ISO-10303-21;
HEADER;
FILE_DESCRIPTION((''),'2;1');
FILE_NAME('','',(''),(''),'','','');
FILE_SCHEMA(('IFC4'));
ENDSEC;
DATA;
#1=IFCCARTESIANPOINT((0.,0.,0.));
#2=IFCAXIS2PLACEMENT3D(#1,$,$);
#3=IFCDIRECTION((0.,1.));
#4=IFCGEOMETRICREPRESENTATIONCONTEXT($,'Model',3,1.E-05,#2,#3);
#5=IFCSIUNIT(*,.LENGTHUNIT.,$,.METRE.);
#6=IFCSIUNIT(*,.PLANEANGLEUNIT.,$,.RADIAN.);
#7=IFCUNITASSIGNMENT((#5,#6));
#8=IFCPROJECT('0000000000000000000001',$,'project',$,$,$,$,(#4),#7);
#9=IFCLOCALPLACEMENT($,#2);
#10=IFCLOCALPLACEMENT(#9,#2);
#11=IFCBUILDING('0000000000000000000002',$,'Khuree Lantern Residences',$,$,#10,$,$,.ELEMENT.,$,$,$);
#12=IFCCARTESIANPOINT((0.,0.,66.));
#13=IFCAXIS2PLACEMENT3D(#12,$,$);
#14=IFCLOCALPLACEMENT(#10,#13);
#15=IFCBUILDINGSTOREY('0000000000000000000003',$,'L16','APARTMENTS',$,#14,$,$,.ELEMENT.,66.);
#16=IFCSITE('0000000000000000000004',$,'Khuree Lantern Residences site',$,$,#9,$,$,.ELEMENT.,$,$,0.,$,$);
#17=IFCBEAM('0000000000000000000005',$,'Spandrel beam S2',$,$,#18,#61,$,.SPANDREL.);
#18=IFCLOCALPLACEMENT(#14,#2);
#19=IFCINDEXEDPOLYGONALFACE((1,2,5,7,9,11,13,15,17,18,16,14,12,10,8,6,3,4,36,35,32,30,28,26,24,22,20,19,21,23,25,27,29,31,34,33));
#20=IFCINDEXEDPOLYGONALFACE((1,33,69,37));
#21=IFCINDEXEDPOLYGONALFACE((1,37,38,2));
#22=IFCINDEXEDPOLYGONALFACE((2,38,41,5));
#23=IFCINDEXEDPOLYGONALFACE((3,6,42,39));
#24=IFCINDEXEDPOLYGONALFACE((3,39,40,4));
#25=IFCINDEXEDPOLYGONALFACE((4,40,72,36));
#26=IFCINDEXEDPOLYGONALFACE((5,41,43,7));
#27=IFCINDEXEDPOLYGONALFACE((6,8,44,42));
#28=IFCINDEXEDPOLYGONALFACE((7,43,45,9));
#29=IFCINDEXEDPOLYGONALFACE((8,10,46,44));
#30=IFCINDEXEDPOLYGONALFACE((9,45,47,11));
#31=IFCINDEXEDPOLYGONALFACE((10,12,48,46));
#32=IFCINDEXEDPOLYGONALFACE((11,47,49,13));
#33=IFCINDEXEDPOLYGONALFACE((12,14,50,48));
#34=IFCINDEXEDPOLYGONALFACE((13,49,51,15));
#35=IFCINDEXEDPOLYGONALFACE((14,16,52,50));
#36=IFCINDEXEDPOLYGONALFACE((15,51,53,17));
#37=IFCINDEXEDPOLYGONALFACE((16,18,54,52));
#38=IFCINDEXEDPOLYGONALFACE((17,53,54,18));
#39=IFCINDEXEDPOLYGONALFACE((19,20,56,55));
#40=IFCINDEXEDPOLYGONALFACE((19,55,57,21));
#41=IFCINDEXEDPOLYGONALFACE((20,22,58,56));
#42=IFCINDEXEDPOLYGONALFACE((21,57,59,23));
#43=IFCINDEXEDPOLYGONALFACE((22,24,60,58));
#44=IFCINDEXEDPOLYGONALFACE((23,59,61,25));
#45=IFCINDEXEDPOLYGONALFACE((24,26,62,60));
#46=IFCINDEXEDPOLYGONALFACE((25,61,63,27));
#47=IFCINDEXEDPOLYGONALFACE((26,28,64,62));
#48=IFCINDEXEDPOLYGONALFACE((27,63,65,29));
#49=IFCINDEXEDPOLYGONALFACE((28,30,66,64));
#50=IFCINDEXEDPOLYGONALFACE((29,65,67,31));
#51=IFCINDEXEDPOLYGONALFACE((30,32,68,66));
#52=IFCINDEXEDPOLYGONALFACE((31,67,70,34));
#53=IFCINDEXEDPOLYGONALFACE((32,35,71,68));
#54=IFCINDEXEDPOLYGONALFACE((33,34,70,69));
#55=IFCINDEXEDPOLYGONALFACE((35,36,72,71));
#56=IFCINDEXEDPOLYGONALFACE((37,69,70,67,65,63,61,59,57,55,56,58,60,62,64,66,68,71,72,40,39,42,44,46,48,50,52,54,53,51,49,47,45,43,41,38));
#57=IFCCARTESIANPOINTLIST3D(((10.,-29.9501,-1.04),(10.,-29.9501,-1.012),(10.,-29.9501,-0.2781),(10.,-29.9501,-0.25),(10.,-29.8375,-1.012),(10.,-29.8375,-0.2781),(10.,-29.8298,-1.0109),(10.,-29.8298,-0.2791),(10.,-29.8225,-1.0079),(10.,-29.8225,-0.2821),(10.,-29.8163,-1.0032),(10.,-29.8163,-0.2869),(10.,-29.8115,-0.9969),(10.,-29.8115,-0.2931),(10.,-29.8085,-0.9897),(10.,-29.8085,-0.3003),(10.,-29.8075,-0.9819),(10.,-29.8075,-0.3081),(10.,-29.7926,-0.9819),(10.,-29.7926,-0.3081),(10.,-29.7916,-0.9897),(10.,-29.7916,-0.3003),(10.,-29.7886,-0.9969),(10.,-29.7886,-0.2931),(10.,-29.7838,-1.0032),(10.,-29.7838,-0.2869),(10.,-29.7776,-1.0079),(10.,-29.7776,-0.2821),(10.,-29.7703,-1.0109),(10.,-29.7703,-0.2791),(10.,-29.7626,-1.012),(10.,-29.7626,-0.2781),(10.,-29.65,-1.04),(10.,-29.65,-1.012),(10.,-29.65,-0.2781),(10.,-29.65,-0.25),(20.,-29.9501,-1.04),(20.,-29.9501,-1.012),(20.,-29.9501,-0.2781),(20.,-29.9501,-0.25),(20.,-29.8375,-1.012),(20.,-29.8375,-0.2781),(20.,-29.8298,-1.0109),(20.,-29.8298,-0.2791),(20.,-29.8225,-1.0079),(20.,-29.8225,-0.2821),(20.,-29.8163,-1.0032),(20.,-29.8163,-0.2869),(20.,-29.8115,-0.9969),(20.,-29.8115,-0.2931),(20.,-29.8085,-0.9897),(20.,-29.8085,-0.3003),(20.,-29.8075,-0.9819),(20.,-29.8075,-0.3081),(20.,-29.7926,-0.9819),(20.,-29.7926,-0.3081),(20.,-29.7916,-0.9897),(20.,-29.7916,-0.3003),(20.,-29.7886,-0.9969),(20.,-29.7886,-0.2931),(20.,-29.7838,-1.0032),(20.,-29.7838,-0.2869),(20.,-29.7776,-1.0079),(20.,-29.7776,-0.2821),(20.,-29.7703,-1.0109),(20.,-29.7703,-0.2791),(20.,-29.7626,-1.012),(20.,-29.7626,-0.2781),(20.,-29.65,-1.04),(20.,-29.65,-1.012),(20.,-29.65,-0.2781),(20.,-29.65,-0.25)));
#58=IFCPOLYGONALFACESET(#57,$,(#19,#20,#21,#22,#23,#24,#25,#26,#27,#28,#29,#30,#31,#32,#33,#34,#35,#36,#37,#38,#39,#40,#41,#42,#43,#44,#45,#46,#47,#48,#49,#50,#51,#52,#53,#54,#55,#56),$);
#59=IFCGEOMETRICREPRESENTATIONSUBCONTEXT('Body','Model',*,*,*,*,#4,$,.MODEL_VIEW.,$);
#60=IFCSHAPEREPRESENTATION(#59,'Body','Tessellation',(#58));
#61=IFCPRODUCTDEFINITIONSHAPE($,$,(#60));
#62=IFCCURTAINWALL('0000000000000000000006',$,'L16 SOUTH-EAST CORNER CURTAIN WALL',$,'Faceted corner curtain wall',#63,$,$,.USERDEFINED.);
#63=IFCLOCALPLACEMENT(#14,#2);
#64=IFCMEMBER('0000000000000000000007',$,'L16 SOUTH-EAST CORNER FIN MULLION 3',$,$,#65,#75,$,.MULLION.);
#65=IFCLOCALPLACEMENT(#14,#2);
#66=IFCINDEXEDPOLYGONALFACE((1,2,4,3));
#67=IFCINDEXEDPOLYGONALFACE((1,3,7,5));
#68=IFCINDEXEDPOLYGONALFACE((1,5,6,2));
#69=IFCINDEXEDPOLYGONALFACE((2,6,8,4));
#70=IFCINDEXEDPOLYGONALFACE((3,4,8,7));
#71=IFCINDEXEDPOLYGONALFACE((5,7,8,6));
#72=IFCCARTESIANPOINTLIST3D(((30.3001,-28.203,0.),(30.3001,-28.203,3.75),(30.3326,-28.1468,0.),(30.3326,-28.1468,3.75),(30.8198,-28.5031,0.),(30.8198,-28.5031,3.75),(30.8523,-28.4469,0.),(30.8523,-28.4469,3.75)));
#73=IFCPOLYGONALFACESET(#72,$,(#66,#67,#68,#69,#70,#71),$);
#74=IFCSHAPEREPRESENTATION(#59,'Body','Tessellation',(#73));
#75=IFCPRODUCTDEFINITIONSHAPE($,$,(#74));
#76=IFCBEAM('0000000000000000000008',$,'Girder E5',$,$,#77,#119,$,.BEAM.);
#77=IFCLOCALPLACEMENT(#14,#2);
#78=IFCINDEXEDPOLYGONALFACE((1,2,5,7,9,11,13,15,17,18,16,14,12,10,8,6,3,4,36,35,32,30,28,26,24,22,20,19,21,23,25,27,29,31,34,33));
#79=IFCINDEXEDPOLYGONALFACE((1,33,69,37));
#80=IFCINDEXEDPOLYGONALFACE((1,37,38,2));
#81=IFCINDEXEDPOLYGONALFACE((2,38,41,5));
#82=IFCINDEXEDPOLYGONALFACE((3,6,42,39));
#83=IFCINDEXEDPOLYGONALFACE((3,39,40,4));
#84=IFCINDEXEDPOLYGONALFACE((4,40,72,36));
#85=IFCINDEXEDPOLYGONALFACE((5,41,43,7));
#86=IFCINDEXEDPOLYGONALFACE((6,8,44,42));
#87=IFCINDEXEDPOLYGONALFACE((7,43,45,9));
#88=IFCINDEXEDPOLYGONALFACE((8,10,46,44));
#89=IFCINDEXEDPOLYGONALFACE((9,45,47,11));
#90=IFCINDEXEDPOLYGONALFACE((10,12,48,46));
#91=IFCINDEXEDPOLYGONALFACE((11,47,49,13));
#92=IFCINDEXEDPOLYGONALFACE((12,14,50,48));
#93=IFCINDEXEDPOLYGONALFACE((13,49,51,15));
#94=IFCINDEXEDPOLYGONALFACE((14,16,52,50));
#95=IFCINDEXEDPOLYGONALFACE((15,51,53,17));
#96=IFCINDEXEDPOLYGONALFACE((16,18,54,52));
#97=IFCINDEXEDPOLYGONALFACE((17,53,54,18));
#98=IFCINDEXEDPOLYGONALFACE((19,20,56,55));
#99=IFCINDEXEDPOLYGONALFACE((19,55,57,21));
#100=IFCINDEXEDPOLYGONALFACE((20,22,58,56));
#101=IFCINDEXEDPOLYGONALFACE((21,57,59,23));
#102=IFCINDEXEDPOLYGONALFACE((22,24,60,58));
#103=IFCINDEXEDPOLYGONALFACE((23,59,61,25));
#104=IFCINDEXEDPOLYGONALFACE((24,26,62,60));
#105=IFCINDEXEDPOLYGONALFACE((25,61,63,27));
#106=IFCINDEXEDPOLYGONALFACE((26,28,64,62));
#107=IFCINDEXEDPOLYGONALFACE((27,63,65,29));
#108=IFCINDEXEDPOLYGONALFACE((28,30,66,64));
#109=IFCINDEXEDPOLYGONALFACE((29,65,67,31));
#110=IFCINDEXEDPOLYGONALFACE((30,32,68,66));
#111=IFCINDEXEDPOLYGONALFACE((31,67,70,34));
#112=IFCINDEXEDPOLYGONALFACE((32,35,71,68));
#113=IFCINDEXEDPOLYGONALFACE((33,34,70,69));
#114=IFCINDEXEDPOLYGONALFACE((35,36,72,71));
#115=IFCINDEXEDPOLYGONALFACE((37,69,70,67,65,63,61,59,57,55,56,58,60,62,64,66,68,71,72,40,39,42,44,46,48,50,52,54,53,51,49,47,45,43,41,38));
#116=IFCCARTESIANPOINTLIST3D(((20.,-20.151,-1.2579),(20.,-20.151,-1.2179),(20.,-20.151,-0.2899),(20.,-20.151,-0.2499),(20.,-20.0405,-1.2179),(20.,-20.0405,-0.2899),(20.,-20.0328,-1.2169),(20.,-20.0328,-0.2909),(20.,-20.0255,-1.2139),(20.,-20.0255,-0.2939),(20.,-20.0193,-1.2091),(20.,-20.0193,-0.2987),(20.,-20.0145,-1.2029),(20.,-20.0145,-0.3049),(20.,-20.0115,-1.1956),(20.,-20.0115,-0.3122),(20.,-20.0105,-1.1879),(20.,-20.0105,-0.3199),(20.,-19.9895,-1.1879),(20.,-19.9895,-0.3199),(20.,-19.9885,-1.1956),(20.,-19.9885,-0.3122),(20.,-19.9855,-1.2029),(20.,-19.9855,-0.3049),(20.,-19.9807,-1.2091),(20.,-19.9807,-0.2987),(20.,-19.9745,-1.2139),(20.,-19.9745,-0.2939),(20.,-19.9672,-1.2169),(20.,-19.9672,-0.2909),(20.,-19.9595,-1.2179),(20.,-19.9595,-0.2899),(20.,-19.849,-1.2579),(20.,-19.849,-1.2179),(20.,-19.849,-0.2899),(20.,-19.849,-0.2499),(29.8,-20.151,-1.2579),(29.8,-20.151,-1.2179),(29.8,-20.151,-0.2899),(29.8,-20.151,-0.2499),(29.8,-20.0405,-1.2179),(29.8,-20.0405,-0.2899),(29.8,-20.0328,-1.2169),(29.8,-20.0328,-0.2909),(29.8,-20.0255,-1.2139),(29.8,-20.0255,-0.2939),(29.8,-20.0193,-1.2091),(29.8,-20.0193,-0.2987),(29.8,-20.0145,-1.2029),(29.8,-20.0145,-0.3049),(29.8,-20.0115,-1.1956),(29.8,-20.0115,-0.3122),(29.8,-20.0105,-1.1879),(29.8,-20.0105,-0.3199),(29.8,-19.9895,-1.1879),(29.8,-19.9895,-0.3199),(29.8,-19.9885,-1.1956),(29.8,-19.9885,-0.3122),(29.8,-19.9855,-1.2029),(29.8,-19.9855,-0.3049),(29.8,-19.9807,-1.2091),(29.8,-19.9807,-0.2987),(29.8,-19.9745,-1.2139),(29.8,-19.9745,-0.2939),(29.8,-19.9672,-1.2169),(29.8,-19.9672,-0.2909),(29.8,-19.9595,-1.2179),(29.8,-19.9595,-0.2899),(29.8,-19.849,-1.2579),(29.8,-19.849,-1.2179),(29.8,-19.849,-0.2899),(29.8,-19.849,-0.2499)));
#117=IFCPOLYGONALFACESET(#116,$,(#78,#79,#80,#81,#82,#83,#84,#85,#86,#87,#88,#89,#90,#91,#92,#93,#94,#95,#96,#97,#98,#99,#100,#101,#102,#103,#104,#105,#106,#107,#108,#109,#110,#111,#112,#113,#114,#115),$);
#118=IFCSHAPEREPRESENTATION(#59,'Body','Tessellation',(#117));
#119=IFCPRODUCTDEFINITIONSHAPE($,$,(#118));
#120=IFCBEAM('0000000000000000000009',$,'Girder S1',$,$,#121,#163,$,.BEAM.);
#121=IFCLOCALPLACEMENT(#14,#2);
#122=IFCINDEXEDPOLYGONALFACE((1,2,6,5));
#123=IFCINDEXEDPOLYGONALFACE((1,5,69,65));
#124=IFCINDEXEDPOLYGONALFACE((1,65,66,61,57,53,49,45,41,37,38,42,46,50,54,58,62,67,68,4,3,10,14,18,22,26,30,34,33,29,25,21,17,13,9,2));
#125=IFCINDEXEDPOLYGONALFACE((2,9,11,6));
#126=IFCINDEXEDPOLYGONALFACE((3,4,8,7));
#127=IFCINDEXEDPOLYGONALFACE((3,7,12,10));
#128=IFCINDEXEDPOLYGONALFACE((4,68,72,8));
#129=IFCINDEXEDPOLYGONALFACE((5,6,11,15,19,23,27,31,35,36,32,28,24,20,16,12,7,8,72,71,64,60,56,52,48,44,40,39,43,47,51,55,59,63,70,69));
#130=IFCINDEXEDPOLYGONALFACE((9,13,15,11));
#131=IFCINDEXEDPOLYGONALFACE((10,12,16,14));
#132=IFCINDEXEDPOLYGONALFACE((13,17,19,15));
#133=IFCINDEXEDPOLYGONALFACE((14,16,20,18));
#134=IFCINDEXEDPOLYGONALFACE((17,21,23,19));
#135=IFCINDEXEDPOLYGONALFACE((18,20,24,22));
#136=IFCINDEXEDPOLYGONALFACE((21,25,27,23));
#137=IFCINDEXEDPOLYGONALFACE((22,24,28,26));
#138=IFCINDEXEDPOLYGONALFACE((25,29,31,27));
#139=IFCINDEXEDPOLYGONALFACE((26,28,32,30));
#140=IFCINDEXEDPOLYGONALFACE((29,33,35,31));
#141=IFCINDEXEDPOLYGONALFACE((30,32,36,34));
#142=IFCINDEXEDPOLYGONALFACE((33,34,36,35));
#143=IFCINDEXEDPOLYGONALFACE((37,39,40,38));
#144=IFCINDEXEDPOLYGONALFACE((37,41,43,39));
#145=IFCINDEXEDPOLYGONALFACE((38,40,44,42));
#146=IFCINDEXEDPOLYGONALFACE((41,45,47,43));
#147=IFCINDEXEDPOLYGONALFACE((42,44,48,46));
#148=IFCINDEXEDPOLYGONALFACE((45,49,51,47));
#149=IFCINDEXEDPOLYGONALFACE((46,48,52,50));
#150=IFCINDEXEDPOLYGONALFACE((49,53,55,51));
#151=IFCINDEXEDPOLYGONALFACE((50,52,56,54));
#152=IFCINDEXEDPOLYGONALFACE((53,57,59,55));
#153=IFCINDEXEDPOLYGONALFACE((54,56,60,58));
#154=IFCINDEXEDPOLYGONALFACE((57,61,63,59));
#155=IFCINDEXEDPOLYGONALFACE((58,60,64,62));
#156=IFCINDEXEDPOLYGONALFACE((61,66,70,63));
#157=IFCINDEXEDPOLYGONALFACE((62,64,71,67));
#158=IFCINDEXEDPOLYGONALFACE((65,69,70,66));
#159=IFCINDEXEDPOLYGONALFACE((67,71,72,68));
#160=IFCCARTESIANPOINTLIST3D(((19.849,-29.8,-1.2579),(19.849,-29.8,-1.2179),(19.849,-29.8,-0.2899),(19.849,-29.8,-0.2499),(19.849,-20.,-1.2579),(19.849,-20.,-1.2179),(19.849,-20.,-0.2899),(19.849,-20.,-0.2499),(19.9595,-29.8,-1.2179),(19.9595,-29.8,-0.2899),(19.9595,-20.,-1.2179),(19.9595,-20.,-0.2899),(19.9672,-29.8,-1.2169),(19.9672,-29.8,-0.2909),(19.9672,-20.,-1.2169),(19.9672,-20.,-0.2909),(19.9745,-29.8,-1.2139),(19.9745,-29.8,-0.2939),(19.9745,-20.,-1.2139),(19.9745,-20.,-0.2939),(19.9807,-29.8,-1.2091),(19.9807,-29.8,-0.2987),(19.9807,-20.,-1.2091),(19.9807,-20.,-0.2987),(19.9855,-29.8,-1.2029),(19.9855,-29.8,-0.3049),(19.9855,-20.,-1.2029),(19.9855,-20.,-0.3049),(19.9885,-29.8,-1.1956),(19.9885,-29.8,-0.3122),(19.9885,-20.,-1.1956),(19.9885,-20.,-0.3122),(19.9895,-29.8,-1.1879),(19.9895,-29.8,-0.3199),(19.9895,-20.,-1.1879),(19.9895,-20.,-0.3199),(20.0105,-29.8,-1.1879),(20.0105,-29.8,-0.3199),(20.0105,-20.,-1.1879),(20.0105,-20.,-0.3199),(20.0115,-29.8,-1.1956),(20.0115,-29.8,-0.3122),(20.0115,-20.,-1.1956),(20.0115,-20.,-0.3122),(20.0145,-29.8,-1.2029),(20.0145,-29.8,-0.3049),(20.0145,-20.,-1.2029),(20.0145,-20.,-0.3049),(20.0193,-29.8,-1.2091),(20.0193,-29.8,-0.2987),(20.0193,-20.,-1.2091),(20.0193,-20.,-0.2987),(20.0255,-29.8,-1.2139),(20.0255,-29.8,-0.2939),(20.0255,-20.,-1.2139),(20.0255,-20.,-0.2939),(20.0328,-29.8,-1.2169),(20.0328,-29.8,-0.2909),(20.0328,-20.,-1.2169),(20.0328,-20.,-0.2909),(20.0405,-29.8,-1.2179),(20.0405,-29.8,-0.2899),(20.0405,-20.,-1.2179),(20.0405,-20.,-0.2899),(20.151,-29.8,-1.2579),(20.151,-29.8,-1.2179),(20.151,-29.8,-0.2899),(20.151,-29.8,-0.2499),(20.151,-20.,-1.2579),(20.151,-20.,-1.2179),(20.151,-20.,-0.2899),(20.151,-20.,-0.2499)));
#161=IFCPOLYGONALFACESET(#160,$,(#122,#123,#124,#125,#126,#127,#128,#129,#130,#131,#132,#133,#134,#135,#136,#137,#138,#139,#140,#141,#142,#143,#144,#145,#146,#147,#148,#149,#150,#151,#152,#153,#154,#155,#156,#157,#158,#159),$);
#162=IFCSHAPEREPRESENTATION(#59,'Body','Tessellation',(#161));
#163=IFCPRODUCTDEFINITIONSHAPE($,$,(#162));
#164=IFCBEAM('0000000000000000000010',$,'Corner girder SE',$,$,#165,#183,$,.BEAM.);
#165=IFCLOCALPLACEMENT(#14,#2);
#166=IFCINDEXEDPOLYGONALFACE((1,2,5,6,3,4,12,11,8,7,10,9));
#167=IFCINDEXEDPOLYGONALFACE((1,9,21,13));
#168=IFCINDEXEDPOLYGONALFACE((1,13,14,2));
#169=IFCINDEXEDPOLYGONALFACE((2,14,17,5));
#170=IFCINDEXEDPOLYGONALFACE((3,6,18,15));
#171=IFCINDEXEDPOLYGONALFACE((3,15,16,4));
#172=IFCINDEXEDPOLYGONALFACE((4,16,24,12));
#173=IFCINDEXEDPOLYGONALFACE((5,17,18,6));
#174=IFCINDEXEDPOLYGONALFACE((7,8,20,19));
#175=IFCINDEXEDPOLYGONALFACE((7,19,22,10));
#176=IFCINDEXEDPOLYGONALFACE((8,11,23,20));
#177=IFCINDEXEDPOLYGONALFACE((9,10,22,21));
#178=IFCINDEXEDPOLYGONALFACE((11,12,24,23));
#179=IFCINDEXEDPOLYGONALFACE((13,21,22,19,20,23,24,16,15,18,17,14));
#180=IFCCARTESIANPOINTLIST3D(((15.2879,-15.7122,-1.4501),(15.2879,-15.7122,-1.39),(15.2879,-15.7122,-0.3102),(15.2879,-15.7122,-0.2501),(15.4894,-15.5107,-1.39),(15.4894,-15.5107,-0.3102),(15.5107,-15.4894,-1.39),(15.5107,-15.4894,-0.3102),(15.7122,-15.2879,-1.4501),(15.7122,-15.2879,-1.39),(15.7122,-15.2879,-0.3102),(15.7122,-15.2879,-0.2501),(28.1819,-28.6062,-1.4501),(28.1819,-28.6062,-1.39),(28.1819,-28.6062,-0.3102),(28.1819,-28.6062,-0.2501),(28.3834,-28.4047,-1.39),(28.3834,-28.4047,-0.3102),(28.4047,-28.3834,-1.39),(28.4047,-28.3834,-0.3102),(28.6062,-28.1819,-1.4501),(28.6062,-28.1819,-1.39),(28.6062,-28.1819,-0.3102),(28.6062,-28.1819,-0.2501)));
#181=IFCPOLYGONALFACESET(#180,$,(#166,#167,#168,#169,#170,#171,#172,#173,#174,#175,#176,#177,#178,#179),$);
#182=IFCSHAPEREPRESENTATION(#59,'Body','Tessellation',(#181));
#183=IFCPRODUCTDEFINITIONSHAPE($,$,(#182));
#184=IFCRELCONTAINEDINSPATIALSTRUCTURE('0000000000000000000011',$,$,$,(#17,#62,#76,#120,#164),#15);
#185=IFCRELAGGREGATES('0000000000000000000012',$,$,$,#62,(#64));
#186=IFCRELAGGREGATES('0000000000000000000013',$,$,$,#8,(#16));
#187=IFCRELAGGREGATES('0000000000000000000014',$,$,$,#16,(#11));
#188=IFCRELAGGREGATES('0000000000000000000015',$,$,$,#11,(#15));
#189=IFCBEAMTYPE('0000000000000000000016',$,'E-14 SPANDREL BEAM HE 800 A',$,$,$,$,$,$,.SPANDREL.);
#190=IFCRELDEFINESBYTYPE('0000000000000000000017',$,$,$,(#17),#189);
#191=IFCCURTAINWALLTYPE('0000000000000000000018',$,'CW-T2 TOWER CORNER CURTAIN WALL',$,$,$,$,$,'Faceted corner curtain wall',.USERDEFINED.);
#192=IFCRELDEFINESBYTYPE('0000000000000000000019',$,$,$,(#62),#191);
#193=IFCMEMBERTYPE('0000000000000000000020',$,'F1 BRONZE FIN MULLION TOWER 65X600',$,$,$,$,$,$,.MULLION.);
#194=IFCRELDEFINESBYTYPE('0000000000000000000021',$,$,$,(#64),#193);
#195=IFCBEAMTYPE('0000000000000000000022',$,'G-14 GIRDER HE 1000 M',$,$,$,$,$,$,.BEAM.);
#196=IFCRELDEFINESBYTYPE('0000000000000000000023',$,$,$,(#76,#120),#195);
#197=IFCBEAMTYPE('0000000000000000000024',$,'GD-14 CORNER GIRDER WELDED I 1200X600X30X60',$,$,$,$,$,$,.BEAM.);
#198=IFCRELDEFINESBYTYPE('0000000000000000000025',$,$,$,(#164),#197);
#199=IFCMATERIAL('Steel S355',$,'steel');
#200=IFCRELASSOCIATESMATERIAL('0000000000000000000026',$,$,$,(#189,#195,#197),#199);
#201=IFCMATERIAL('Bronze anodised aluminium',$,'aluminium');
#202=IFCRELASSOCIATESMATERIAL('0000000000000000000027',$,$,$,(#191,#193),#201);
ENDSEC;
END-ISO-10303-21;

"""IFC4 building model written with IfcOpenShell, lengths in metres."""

from ifc_helpers import new_model, si_unit, direction, frame, origin, origin_2d, place, context, subcontext, project, spatial, rectangle, i_section, extrude, material, material_profile, profile_set, type_object, element, aggregate, save


model = new_model("IFC4")

# Units and contexts
model_context = context("Model", 3, precision=1e-05, world=origin(), true_north=direction((0.0, 1.0)))
body_context = subcontext(model_context, "Body", "Model", "MODEL_VIEW")
ifc_project = project(units=[si_unit("LENGTHUNIT", "METRE"), si_unit("PLANEANGLEUNIT", "RADIAN")], contexts=[model_context])

# Site, building, storey
site_placement = place(None, origin())
site = spatial("IfcSite", under=ifc_project, at=site_placement, Name="Khuree Lantern Residences site", CompositionType="ELEMENT", RefElevation=0.0)
building_placement = place(site_placement, origin())
building = spatial("IfcBuilding", under=site, at=building_placement, Name="Khuree Lantern Residences", CompositionType="ELEMENT")
storey_placement = place(building_placement, frame((0.0, 0.0, 66.0)))
storey = spatial("IfcBuildingStorey", under=building, at=storey_placement, Name="L16", Description="APARTMENTS", CompositionType="ELEMENT", Elevation=66.0)

# Beam
ifc_material_1 = material(Name="Steel S355", Category="steel")
ifc_material_profile_1 = material_profile(ifc_material_1, i_section(OverallWidth=0.3, OverallDepth=0.79, WebThickness=0.0149, FlangeThickness=0.0281, FilletRadius=0.03, at=origin_2d()), Name="HE 800 A")
ifc_profile_set_1 = profile_set([ifc_material_profile_1], Name="Steel S355")
beam_type_1 = type_object("IfcBeamType", Name="E-14 SPANDREL BEAM HE 800 A", PredefinedType="SPANDREL", material=ifc_profile_set_1)
beam_1_placement = place(storey_placement, frame((20.0, -29.8, -0.645), z_axis=(-1.0, 0.0, 0.0), x_axis=(0.0, -1.0, 0.0)))
element("IfcBeam", 1, at=beam_1_placement, inside=storey, type_object=beam_type_1, Name="Spandrel beam S2", PredefinedType="SPANDREL", context=body_context, shape_type="SweptSolid", body=[
    extrude(i_section(OverallWidth=0.3, OverallDepth=0.79, WebThickness=0.0149, FlangeThickness=0.0281, FilletRadius=0.03, at=origin_2d()), origin(), (0.0, 0.0, 1.0), 10.0),
])

# Curtain wall, member
ifc_material_2 = material(Name="Bronze anodised aluminium", Category="aluminium")
curtain_wall_type_1 = type_object("IfcCurtainWallType", Name="CW-T2 TOWER CORNER CURTAIN WALL", ElementType="Faceted corner curtain wall", PredefinedType="USERDEFINED", material=ifc_material_2)
curtain_wall_1_placement = place(storey_placement, origin())
curtain_wall_1 = element("IfcCurtainWall", 2, at=curtain_wall_1_placement, inside=storey, type_object=curtain_wall_type_1, Name="L16 SOUTH-EAST CORNER CURTAIN WALL", ObjectType="Faceted corner curtain wall", PredefinedType="USERDEFINED")
ifc_material_profile_2 = material_profile(ifc_material_2, rectangle(XDim=0.0649, YDim=0.6001, at=origin_2d()), Name="F1 65X600")
ifc_profile_set_2 = profile_set([ifc_material_profile_2], Name="Bronze anodised aluminium")
member_type_1 = type_object("IfcMemberType", Name="F1 BRONZE FIN MULLION TOWER 65X600", PredefinedType="MULLION", material=ifc_profile_set_2)
member_1_placement = place(storey_placement, frame((30.5762, -28.325, 0.0), z_axis=(0.0, 0.0, 1.0), x_axis=(0.5, 0.866025, 0.0)))
member_1 = element("IfcMember", 3, at=member_1_placement, type_object=member_type_1, Name="L16 SOUTH-EAST CORNER FIN MULLION 3", PredefinedType="MULLION", context=body_context, shape_type="SweptSolid", body=[
    extrude(rectangle(XDim=0.0649, YDim=0.6001, at=origin_2d()), origin(), (0.0, 0.0, 1.0), 3.75),
])

# Beams
ifc_material_profile_3 = material_profile(ifc_material_1, i_section(OverallWidth=0.302, OverallDepth=1.0081, WebThickness=0.021, FlangeThickness=0.04, FilletRadius=0.03, at=origin_2d()), Name="HE 1000 M")
ifc_profile_set_3 = profile_set([ifc_material_profile_3], Name="Steel S355")
beam_type_2 = type_object("IfcBeamType", Name="G-14 GIRDER HE 1000 M", PredefinedType="BEAM", material=ifc_profile_set_3)
for number, where, z_axis, x_axis, name in (
    (4, (29.8, -20.0, -0.7539), (-1.0, 0.0, 0.0), (0.0, -1.0, 0.0), "Girder E5"),
    (5, (20.0, -29.8, -0.7539), (0.0, 1.0, 0.0), (-1.0, 0.0, 0.0), "Girder S1"),
):
    element("IfcBeam", number, at=place(storey_placement, frame(where, z_axis=z_axis, x_axis=x_axis)), inside=storey, type_object=beam_type_2, Name=name, PredefinedType="BEAM", context=body_context, shape_type="SweptSolid", body=[
        extrude(i_section(OverallWidth=0.302, OverallDepth=1.0081, WebThickness=0.021, FlangeThickness=0.04, FilletRadius=0.03, at=origin_2d()), origin(), (0.0, 0.0, 1.0), 9.8),
    ])
ifc_material_profile_4 = material_profile(ifc_material_1, i_section(OverallWidth=0.6001, OverallDepth=1.2, WebThickness=0.03, FlangeThickness=0.0601, at=origin_2d()), Name="WELDED I 1200X600X30X60")
ifc_profile_set_4 = profile_set([ifc_material_profile_4], Name="Steel S355")
beam_type_3 = type_object("IfcBeamType", Name="GD-14 CORNER GIRDER WELDED I 1200X600X30X60", PredefinedType="BEAM", material=ifc_profile_set_4)
beam_2_placement = place(storey_placement, frame((28.394, -28.394, -0.8501), z_axis=(-0.707107, 0.707107, 0.0), x_axis=(-0.707107, -0.707107, 0.0)))
element("IfcBeam", 6, at=beam_2_placement, inside=storey, type_object=beam_type_3, Name="Corner girder SE", PredefinedType="BEAM", context=body_context, shape_type="SweptSolid", body=[
    extrude(i_section(OverallWidth=0.6001, OverallDepth=1.2, WebThickness=0.03, FlangeThickness=0.0601, at=origin_2d()), origin(), (0.0, 0.0, 1.0), 18.2349),
])

aggregate(curtain_wall_1, [member_1])

save(model, "model.ifc")
